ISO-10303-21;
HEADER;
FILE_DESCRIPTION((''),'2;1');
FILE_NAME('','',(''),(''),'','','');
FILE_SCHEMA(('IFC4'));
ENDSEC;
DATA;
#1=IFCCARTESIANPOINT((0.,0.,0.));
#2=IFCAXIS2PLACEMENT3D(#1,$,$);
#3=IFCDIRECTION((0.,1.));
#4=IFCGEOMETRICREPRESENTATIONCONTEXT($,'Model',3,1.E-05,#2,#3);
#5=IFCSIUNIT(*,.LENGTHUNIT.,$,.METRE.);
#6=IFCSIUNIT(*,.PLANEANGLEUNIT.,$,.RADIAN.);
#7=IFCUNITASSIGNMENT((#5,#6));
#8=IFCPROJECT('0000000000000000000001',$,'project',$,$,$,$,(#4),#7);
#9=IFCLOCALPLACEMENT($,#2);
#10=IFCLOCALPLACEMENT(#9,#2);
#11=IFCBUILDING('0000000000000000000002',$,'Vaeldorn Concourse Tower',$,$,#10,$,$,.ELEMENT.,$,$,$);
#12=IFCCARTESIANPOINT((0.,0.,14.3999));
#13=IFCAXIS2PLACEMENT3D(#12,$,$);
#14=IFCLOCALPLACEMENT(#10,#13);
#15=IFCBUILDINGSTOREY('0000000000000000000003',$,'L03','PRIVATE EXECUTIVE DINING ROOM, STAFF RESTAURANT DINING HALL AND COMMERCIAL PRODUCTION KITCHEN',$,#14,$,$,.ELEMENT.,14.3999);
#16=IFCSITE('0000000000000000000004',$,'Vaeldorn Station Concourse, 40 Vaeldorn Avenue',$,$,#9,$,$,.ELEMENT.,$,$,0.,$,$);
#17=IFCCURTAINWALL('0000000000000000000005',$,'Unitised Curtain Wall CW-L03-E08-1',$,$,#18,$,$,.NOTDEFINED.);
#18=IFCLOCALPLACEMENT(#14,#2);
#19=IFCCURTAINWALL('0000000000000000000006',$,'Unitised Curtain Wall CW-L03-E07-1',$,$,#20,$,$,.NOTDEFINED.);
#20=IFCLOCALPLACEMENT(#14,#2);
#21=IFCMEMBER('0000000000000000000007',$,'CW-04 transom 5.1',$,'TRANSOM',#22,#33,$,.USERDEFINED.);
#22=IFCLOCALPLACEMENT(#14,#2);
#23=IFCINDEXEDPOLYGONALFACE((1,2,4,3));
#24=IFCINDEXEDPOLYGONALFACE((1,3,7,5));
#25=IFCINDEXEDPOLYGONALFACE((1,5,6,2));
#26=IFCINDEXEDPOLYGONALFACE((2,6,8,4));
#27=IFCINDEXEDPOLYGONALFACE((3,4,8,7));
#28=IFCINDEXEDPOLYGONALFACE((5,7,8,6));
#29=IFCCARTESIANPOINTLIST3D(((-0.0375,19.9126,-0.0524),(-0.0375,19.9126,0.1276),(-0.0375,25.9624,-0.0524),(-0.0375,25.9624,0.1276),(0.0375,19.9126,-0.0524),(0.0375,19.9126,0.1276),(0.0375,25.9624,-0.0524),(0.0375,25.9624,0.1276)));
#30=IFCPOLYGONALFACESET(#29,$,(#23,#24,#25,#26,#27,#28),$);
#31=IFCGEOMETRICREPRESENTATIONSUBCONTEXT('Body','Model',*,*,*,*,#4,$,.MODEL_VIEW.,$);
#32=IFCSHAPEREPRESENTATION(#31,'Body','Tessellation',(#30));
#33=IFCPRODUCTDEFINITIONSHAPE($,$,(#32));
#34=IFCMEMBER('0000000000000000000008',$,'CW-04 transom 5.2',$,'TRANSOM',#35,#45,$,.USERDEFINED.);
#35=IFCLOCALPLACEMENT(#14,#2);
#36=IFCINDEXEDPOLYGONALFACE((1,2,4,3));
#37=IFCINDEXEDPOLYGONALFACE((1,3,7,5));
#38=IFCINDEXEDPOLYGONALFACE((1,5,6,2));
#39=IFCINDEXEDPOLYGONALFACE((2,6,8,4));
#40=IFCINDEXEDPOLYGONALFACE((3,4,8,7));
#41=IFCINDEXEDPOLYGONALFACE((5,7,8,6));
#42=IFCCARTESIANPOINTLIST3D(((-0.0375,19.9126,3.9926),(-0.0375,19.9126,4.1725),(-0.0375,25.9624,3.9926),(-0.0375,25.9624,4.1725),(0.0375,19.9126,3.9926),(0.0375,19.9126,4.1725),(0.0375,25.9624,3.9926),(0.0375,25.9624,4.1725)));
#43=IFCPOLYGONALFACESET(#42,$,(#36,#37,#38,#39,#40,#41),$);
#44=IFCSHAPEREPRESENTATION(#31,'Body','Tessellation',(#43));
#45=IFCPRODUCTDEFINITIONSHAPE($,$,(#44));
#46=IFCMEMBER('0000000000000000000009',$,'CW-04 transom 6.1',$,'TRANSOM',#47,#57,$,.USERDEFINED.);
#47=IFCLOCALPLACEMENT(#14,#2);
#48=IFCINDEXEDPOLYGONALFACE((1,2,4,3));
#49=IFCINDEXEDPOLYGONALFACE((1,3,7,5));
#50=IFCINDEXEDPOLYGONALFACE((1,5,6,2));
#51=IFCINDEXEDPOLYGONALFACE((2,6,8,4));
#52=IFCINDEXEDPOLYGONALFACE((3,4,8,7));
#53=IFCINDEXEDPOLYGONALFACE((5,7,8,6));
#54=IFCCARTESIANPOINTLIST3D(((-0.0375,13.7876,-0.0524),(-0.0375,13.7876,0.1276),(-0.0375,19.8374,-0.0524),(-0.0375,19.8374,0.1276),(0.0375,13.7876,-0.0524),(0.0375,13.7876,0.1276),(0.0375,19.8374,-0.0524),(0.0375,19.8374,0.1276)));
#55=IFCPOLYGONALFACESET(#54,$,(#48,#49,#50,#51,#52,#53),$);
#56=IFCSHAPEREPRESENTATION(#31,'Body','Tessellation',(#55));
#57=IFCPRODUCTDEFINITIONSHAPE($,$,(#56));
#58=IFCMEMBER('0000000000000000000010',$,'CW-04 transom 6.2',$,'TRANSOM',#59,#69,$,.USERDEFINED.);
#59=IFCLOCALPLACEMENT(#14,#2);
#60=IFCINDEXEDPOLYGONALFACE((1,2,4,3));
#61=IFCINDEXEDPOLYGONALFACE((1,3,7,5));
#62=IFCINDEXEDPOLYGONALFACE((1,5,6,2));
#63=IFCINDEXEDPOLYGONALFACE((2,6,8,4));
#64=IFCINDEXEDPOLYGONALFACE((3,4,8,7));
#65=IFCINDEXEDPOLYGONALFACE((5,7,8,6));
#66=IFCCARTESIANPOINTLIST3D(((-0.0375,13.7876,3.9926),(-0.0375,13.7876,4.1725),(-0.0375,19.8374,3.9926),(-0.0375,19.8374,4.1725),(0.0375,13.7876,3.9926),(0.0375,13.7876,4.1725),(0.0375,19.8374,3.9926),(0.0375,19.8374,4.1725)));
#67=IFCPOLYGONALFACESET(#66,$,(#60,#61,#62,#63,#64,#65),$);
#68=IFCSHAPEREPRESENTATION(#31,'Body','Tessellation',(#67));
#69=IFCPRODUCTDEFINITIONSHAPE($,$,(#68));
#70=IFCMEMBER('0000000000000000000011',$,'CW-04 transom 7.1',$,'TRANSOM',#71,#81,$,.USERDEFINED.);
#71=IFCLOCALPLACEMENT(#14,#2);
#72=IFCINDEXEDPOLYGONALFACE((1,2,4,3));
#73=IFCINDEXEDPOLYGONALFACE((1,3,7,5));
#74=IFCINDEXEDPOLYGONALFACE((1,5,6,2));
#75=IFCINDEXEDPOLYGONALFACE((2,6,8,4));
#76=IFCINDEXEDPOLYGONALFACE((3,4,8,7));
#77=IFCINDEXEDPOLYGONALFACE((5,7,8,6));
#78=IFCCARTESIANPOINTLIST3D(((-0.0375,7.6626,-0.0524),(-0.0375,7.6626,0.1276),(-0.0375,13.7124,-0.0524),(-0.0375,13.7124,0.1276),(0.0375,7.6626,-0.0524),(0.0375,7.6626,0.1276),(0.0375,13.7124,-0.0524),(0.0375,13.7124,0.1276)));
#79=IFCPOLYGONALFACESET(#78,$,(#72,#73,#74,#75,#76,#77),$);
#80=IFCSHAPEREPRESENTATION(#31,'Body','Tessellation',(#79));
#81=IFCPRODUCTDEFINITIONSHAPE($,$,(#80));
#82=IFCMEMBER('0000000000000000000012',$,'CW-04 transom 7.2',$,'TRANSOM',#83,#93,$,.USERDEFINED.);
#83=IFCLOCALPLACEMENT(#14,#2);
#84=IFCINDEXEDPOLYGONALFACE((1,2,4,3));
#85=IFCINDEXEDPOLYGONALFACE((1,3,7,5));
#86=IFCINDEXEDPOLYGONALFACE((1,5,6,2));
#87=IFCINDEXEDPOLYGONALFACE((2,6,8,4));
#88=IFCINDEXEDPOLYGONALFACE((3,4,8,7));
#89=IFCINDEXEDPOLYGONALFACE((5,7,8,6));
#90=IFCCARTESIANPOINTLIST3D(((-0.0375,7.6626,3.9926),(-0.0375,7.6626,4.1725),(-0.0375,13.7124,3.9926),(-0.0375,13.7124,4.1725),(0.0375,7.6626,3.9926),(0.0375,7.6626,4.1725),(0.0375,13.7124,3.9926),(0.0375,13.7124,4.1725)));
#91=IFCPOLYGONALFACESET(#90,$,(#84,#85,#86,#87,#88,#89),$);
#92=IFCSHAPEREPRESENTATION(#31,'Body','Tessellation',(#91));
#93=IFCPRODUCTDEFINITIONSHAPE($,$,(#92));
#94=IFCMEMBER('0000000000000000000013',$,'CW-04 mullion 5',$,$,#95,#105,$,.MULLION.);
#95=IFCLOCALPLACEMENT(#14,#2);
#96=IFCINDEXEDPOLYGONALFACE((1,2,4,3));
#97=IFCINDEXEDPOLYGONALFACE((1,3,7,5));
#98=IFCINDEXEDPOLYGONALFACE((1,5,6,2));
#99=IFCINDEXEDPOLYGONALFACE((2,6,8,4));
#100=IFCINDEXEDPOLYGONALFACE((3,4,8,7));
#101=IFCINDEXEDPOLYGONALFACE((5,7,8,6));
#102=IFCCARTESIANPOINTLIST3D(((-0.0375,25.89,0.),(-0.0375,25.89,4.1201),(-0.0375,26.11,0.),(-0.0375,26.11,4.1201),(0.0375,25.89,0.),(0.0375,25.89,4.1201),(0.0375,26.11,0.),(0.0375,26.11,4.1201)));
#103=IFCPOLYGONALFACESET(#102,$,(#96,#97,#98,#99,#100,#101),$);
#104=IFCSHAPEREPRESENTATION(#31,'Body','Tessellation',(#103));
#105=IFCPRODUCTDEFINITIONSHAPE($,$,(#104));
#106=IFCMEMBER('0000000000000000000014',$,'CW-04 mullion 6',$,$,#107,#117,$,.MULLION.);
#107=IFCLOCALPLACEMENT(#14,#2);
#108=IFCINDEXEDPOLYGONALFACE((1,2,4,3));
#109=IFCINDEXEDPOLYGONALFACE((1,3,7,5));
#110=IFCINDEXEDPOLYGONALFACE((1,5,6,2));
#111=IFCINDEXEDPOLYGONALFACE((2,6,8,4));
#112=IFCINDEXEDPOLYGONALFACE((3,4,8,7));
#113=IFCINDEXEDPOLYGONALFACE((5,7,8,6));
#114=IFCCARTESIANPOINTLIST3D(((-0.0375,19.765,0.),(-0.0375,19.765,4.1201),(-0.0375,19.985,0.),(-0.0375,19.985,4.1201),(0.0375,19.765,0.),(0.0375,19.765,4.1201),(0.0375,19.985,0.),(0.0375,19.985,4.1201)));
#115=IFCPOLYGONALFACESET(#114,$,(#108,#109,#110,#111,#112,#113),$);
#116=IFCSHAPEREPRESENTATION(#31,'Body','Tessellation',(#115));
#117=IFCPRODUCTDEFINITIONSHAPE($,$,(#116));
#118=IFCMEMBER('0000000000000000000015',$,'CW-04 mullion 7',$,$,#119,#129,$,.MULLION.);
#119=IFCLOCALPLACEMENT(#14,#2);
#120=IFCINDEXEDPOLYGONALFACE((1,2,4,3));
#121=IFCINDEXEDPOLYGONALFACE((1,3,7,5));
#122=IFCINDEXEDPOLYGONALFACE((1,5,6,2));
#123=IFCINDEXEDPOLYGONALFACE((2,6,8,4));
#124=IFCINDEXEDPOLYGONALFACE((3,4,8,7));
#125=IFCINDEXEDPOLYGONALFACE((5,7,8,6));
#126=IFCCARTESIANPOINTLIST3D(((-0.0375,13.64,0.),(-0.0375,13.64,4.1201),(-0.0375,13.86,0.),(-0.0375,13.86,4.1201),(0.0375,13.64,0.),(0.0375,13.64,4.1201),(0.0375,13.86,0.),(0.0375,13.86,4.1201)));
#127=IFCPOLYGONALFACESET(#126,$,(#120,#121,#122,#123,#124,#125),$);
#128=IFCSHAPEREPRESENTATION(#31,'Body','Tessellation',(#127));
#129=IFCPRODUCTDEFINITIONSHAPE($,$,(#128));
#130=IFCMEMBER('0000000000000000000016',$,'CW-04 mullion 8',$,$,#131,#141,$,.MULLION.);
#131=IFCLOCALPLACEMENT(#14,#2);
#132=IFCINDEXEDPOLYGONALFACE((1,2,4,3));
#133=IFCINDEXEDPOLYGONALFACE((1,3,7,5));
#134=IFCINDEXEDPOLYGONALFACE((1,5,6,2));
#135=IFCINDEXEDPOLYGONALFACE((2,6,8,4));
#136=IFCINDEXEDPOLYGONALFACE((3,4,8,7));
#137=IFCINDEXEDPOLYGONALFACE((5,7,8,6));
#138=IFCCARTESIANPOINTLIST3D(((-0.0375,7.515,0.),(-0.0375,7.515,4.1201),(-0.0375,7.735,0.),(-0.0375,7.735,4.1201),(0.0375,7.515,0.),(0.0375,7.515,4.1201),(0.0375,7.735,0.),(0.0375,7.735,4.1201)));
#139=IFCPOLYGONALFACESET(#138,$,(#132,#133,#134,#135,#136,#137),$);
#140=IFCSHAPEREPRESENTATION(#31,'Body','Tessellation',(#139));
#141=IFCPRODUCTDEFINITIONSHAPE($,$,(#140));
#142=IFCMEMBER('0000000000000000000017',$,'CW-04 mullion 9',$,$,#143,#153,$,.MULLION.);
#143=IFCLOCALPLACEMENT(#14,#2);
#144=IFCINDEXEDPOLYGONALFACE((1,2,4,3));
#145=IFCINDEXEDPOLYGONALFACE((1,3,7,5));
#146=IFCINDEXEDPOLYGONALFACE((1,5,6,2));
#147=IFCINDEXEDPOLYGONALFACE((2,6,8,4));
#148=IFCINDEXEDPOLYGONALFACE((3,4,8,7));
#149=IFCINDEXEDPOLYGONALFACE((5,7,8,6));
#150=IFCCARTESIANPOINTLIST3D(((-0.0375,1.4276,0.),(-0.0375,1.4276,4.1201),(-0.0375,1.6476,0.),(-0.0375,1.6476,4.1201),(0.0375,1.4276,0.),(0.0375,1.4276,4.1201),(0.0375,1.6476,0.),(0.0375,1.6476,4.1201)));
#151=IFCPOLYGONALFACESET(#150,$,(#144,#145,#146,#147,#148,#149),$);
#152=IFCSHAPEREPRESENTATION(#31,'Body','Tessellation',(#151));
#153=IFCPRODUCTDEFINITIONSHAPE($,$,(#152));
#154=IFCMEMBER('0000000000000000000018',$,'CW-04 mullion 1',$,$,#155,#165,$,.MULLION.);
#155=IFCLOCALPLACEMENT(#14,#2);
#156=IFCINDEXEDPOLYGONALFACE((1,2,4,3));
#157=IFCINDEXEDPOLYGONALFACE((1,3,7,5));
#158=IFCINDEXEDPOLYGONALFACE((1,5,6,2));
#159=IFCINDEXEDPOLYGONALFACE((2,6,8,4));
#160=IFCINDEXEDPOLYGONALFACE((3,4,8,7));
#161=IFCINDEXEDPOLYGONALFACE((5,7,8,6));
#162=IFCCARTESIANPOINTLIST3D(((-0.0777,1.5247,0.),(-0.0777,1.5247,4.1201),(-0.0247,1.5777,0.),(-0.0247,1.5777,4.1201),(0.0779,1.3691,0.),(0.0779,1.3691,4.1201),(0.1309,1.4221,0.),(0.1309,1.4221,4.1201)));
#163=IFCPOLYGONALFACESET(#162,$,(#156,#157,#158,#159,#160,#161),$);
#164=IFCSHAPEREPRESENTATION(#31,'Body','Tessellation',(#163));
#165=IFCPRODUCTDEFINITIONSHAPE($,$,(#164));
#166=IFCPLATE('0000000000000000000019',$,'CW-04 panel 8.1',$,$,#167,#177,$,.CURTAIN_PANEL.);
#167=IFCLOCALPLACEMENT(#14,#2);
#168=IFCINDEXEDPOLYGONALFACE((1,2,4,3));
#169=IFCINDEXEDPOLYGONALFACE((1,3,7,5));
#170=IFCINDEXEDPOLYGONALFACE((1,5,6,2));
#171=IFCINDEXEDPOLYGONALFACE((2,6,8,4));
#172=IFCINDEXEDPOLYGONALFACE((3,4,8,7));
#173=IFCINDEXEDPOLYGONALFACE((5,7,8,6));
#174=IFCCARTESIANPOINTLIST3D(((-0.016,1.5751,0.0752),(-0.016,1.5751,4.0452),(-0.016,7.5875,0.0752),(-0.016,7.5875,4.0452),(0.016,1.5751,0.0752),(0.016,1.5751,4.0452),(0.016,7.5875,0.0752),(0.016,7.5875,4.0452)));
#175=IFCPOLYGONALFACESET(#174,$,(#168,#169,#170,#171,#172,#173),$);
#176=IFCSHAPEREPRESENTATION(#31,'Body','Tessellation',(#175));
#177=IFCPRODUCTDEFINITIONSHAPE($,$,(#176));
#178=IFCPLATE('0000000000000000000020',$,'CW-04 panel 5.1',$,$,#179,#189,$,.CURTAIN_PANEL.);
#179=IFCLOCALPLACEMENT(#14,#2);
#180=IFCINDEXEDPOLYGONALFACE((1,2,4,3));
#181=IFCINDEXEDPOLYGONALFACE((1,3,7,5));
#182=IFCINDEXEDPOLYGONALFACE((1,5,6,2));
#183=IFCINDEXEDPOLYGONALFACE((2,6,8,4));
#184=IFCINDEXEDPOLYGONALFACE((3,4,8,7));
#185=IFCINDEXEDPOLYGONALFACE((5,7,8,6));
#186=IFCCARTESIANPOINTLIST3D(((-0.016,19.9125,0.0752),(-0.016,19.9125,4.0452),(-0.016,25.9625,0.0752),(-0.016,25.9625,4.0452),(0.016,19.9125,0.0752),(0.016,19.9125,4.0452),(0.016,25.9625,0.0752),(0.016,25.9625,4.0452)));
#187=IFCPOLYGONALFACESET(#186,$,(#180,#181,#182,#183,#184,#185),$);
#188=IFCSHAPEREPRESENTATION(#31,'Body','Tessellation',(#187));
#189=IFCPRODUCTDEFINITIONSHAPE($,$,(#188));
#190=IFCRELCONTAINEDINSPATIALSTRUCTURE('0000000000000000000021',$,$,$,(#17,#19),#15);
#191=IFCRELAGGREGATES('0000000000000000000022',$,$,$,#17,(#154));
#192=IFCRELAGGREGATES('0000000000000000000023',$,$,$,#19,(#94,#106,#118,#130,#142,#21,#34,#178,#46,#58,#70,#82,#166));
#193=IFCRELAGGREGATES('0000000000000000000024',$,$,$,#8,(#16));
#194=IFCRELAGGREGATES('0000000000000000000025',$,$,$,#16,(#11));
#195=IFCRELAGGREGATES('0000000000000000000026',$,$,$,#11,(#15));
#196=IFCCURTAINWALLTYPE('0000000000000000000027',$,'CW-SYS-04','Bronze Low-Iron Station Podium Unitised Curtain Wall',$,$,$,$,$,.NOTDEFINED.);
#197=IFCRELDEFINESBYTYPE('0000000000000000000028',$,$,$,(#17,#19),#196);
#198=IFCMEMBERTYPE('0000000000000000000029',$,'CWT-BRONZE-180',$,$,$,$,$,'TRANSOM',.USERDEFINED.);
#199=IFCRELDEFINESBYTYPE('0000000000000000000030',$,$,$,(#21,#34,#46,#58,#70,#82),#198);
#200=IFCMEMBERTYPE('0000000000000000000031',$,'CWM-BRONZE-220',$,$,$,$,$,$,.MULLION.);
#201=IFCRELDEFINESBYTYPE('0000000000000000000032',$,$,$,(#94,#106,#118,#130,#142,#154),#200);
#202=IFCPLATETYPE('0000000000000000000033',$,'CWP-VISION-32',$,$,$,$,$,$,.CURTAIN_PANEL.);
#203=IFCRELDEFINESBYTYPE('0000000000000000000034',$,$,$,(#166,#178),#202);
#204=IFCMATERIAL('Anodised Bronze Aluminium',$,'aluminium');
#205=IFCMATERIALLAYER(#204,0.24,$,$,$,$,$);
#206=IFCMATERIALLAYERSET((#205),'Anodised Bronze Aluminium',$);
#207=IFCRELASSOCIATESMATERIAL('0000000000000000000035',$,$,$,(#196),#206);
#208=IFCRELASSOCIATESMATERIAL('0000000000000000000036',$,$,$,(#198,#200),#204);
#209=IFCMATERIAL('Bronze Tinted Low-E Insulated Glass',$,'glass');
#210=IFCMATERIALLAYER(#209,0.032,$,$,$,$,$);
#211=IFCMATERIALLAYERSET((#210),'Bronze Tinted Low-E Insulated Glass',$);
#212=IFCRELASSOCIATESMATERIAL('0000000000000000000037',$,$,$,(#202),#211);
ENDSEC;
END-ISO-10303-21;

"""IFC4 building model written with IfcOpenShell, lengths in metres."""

from ifc_helpers import new_model, si_unit, direction, frame, origin, origin_2d, place, context, subcontext, project, spatial, rectangle, extrude, source, transform, mapped, material, layer, layer_set, material_profile, profile_set, type_object, element, aggregate, save


model = new_model("IFC4")

# Units and contexts
model_context = context("Model", 3, precision=1e-05, world=origin(), true_north=direction((0.0, 1.0)))
body_context = subcontext(model_context, "Body", "Model", "MODEL_VIEW")
ifc_project = project(units=[si_unit("LENGTHUNIT", "METRE"), si_unit("PLANEANGLEUNIT", "RADIAN")], contexts=[model_context])

# Site, building, storey
site_placement = place(None, origin())
site = spatial("IfcSite", under=ifc_project, at=site_placement, Name="Vaeldorn Station Concourse, 40 Vaeldorn Avenue", CompositionType="ELEMENT", RefElevation=0.0)
building_placement = place(site_placement, origin())
building = spatial("IfcBuilding", under=site, at=building_placement, Name="Vaeldorn Concourse Tower", CompositionType="ELEMENT")
storey_placement = place(building_placement, frame((0.0, 0.0, 14.3999)))
storey = spatial("IfcBuildingStorey", under=building, at=storey_placement, Name="L03", Description="PRIVATE EXECUTIVE DINING ROOM, STAFF RESTAURANT DINING HALL AND COMMERCIAL PRODUCTION KITCHEN", CompositionType="ELEMENT", Elevation=14.3999)

# Curtain walls, members
ifc_material_1 = material(Name="Anodised Bronze Aluminium", Category="aluminium")
ifc_layer_1 = layer(ifc_material_1, 0.24)
ifc_layer_set_1 = layer_set([ifc_layer_1], Name="Anodised Bronze Aluminium")
curtain_wall_type = type_object("IfcCurtainWallType", Name="CW-SYS-04", Description="Bronze Low-Iron Station Podium Unitised Curtain Wall", PredefinedType="NOTDEFINED", material=ifc_layer_set_1)
curtain_wall_1_placement = place(storey_placement, origin())
curtain_wall_1 = element("IfcCurtainWall", 1, at=curtain_wall_1_placement, inside=storey, type_object=curtain_wall_type, Name="Unitised Curtain Wall CW-L03-E08-1", PredefinedType="NOTDEFINED")
ifc_material_profile_1 = material_profile(ifc_material_1, rectangle(XDim=0.075, YDim=0.1799, at=origin_2d()), Name="CWT 75x180")
ifc_profile_set_1 = profile_set([ifc_material_profile_1], Name="Anodised Bronze Aluminium")
member_type_1 = type_object("IfcMemberType", Name="CWT-BRONZE-180", ElementType="TRANSOM", PredefinedType="USERDEFINED", material=ifc_profile_set_1)
curtain_wall_2_placement = place(storey_placement, origin())
curtain_wall_2 = element("IfcCurtainWall", 2, at=curtain_wall_2_placement, inside=storey, type_object=curtain_wall_type, Name="Unitised Curtain Wall CW-L03-E07-1", PredefinedType="NOTDEFINED")
shared_shape_1 = source(origin(), body_context, "Body", "SweptSolid", [
    extrude(rectangle(XDim=0.075, YDim=0.1799, at=origin_2d()), origin(), (0.0, 0.0, 1.0), 6.0498),
])
member_1_placement = place(storey_placement, frame((0.0, 25.9624, 0.0376), z_axis=(0.0, -1.0, 0.0), x_axis=(1.0, 0.0, 0.0)))
member_1 = element("IfcMember", 3, at=member_1_placement, type_object=member_type_1, Name="CW-04 transom 5.1", ObjectType="TRANSOM", PredefinedType="USERDEFINED", context=body_context, shape_type="MappedRepresentation", body=[
    mapped(shared_shape_1, transform((0.0, 0.0, 0.0), scale=1.0)),
])
member_2_placement = place(storey_placement, frame((0.0, 25.9624, 4.0825), z_axis=(0.0, -1.0, 0.0), x_axis=(1.0, 0.0, 0.0)))
member_2 = element("IfcMember", 4, at=member_2_placement, type_object=member_type_1, Name="CW-04 transom 5.2", ObjectType="TRANSOM", PredefinedType="USERDEFINED", context=body_context, shape_type="MappedRepresentation", body=[
    mapped(shared_shape_1, transform((0.0, 0.0, 0.0), scale=1.0)),
])
member_3_placement = place(storey_placement, frame((0.0, 19.8374, 0.0376), z_axis=(0.0, -1.0, 0.0), x_axis=(1.0, 0.0, 0.0)))
member_3 = element("IfcMember", 5, at=member_3_placement, type_object=member_type_1, Name="CW-04 transom 6.1", ObjectType="TRANSOM", PredefinedType="USERDEFINED", context=body_context, shape_type="MappedRepresentation", body=[
    mapped(shared_shape_1, transform((0.0, 0.0, 0.0), scale=1.0)),
])
member_4_placement = place(storey_placement, frame((0.0, 19.8374, 4.0825), z_axis=(0.0, -1.0, 0.0), x_axis=(1.0, 0.0, 0.0)))
member_4 = element("IfcMember", 6, at=member_4_placement, type_object=member_type_1, Name="CW-04 transom 6.2", ObjectType="TRANSOM", PredefinedType="USERDEFINED", context=body_context, shape_type="MappedRepresentation", body=[
    mapped(shared_shape_1, transform((0.0, 0.0, 0.0), scale=1.0)),
])
member_5_placement = place(storey_placement, frame((0.0, 13.7124, 0.0376), z_axis=(0.0, -1.0, 0.0), x_axis=(1.0, 0.0, 0.0)))
member_5 = element("IfcMember", 7, at=member_5_placement, type_object=member_type_1, Name="CW-04 transom 7.1", ObjectType="TRANSOM", PredefinedType="USERDEFINED", context=body_context, shape_type="MappedRepresentation", body=[
    mapped(shared_shape_1, transform((0.0, 0.0, 0.0), scale=1.0)),
])
member_6_placement = place(storey_placement, frame((0.0, 13.7124, 4.0825), z_axis=(0.0, -1.0, 0.0), x_axis=(1.0, 0.0, 0.0)))
member_6 = element("IfcMember", 8, at=member_6_placement, type_object=member_type_1, Name="CW-04 transom 7.2", ObjectType="TRANSOM", PredefinedType="USERDEFINED", context=body_context, shape_type="MappedRepresentation", body=[
    mapped(shared_shape_1, transform((0.0, 0.0, 0.0), scale=1.0)),
])
ifc_material_profile_2 = material_profile(ifc_material_1, rectangle(XDim=0.075, YDim=0.22, at=origin_2d()), Name="CWM 75x220")
ifc_profile_set_2 = profile_set([ifc_material_profile_2], Name="Anodised Bronze Aluminium")
member_type_2 = type_object("IfcMemberType", Name="CWM-BRONZE-220", PredefinedType="MULLION", material=ifc_profile_set_2)
shared_shape_2 = source(origin(), body_context, "Body", "SweptSolid", [
    extrude(rectangle(XDim=0.075, YDim=0.22, at=origin_2d()), origin(), (0.0, 0.0, 1.0), 4.1201),
])
member_7_placement = place(storey_placement, frame((0.0, 26.0, 0.0), z_axis=(0.0, 0.0, 1.0), x_axis=(1.0, 0.0, 0.0)))
member_7 = element("IfcMember", 9, at=member_7_placement, type_object=member_type_2, Name="CW-04 mullion 5", PredefinedType="MULLION", context=body_context, shape_type="MappedRepresentation", body=[
    mapped(shared_shape_2, transform((0.0, 0.0, 0.0), scale=1.0)),
])
member_8_placement = place(storey_placement, frame((0.0, 19.875, 0.0), z_axis=(0.0, 0.0, 1.0), x_axis=(1.0, 0.0, 0.0)))
member_8 = element("IfcMember", 10, at=member_8_placement, type_object=member_type_2, Name="CW-04 mullion 6", PredefinedType="MULLION", context=body_context, shape_type="MappedRepresentation", body=[
    mapped(shared_shape_2, transform((0.0, 0.0, 0.0), scale=1.0)),
])
member_9_placement = place(storey_placement, frame((0.0, 13.75, 0.0), z_axis=(0.0, 0.0, 1.0), x_axis=(1.0, 0.0, 0.0)))
member_9 = element("IfcMember", 11, at=member_9_placement, type_object=member_type_2, Name="CW-04 mullion 7", PredefinedType="MULLION", context=body_context, shape_type="MappedRepresentation", body=[
    mapped(shared_shape_2, transform((0.0, 0.0, 0.0), scale=1.0)),
])
member_10_placement = place(storey_placement, frame((0.0, 7.625, 0.0), z_axis=(0.0, 0.0, 1.0), x_axis=(1.0, 0.0, 0.0)))
member_10 = element("IfcMember", 12, at=member_10_placement, type_object=member_type_2, Name="CW-04 mullion 8", PredefinedType="MULLION", context=body_context, shape_type="MappedRepresentation", body=[
    mapped(shared_shape_2, transform((0.0, 0.0, 0.0), scale=1.0)),
])
member_11_placement = place(storey_placement, frame((0.0, 1.5376, 0.0), z_axis=(0.0, 0.0, 1.0), x_axis=(1.0, 0.0, 0.0)))
member_11 = element("IfcMember", 13, at=member_11_placement, type_object=member_type_2, Name="CW-04 mullion 9", PredefinedType="MULLION", context=body_context, shape_type="MappedRepresentation", body=[
    mapped(shared_shape_2, transform((0.0, 0.0, 0.0), scale=1.0)),
])

# Member
member_12_placement = place(storey_placement, frame((0.0266, 1.4734, 0.0), z_axis=(0.0, 0.0, 1.0), x_axis=(0.707107, 0.707107, 0.0)))
member_12 = element("IfcMember", 14, at=member_12_placement, type_object=member_type_2, Name="CW-04 mullion 1", PredefinedType="MULLION", context=body_context, shape_type="MappedRepresentation", body=[
    mapped(shared_shape_2, transform((0.0, 0.0, 0.0), scale=1.0)),
])
aggregate(curtain_wall_1, [member_12])

# Plates
ifc_material_2 = material(Name="Bronze Tinted Low-E Insulated Glass", Category="glass")
ifc_layer_2 = layer(ifc_material_2, 0.032)
ifc_layer_set_2 = layer_set([ifc_layer_2], Name="Bronze Tinted Low-E Insulated Glass")
plate_type = type_object("IfcPlateType", Name="CWP-VISION-32", PredefinedType="CURTAIN_PANEL", material=ifc_layer_set_2)
shared_shape_3 = source(origin(), body_context, "Body", "SweptSolid", [
    extrude(rectangle(XDim=6.0125, YDim=0.032, at=origin_2d()), origin(), (0.0, 0.0, 1.0), 3.97),
])
plate_1_placement = place(storey_placement, frame((0.0, 4.5813, 0.0752), z_axis=(0.0, 0.0, 1.0), x_axis=(0.0, -1.0, 0.0)))
plate_1 = element("IfcPlate", 15, at=plate_1_placement, type_object=plate_type, Name="CW-04 panel 8.1", PredefinedType="CURTAIN_PANEL", context=body_context, shape_type="MappedRepresentation", body=[
    mapped(shared_shape_3, transform((0.0, 0.0, 0.0), scale=1.0)),
])
shared_shape_4 = source(origin(), body_context, "Body", "SweptSolid", [
    extrude(rectangle(XDim=6.05, YDim=0.032, at=origin_2d()), origin(), (0.0, 0.0, 1.0), 3.97),
])
plate_2_placement = place(storey_placement, frame((0.0, 22.9375, 0.0752), z_axis=(0.0, 0.0, 1.0), x_axis=(0.0, -1.0, 0.0)))
plate_2 = element("IfcPlate", 16, at=plate_2_placement, type_object=plate_type, Name="CW-04 panel 5.1", PredefinedType="CURTAIN_PANEL", context=body_context, shape_type="MappedRepresentation", body=[
    mapped(shared_shape_4, transform((0.0, 0.0, 0.0), scale=1.0)),
])
aggregate(curtain_wall_2, [member_7, member_8, member_9, member_10, member_11, member_1, member_2, plate_2, member_3, member_4, member_5, member_6, plate_1])

save(model, "model.ifc")
